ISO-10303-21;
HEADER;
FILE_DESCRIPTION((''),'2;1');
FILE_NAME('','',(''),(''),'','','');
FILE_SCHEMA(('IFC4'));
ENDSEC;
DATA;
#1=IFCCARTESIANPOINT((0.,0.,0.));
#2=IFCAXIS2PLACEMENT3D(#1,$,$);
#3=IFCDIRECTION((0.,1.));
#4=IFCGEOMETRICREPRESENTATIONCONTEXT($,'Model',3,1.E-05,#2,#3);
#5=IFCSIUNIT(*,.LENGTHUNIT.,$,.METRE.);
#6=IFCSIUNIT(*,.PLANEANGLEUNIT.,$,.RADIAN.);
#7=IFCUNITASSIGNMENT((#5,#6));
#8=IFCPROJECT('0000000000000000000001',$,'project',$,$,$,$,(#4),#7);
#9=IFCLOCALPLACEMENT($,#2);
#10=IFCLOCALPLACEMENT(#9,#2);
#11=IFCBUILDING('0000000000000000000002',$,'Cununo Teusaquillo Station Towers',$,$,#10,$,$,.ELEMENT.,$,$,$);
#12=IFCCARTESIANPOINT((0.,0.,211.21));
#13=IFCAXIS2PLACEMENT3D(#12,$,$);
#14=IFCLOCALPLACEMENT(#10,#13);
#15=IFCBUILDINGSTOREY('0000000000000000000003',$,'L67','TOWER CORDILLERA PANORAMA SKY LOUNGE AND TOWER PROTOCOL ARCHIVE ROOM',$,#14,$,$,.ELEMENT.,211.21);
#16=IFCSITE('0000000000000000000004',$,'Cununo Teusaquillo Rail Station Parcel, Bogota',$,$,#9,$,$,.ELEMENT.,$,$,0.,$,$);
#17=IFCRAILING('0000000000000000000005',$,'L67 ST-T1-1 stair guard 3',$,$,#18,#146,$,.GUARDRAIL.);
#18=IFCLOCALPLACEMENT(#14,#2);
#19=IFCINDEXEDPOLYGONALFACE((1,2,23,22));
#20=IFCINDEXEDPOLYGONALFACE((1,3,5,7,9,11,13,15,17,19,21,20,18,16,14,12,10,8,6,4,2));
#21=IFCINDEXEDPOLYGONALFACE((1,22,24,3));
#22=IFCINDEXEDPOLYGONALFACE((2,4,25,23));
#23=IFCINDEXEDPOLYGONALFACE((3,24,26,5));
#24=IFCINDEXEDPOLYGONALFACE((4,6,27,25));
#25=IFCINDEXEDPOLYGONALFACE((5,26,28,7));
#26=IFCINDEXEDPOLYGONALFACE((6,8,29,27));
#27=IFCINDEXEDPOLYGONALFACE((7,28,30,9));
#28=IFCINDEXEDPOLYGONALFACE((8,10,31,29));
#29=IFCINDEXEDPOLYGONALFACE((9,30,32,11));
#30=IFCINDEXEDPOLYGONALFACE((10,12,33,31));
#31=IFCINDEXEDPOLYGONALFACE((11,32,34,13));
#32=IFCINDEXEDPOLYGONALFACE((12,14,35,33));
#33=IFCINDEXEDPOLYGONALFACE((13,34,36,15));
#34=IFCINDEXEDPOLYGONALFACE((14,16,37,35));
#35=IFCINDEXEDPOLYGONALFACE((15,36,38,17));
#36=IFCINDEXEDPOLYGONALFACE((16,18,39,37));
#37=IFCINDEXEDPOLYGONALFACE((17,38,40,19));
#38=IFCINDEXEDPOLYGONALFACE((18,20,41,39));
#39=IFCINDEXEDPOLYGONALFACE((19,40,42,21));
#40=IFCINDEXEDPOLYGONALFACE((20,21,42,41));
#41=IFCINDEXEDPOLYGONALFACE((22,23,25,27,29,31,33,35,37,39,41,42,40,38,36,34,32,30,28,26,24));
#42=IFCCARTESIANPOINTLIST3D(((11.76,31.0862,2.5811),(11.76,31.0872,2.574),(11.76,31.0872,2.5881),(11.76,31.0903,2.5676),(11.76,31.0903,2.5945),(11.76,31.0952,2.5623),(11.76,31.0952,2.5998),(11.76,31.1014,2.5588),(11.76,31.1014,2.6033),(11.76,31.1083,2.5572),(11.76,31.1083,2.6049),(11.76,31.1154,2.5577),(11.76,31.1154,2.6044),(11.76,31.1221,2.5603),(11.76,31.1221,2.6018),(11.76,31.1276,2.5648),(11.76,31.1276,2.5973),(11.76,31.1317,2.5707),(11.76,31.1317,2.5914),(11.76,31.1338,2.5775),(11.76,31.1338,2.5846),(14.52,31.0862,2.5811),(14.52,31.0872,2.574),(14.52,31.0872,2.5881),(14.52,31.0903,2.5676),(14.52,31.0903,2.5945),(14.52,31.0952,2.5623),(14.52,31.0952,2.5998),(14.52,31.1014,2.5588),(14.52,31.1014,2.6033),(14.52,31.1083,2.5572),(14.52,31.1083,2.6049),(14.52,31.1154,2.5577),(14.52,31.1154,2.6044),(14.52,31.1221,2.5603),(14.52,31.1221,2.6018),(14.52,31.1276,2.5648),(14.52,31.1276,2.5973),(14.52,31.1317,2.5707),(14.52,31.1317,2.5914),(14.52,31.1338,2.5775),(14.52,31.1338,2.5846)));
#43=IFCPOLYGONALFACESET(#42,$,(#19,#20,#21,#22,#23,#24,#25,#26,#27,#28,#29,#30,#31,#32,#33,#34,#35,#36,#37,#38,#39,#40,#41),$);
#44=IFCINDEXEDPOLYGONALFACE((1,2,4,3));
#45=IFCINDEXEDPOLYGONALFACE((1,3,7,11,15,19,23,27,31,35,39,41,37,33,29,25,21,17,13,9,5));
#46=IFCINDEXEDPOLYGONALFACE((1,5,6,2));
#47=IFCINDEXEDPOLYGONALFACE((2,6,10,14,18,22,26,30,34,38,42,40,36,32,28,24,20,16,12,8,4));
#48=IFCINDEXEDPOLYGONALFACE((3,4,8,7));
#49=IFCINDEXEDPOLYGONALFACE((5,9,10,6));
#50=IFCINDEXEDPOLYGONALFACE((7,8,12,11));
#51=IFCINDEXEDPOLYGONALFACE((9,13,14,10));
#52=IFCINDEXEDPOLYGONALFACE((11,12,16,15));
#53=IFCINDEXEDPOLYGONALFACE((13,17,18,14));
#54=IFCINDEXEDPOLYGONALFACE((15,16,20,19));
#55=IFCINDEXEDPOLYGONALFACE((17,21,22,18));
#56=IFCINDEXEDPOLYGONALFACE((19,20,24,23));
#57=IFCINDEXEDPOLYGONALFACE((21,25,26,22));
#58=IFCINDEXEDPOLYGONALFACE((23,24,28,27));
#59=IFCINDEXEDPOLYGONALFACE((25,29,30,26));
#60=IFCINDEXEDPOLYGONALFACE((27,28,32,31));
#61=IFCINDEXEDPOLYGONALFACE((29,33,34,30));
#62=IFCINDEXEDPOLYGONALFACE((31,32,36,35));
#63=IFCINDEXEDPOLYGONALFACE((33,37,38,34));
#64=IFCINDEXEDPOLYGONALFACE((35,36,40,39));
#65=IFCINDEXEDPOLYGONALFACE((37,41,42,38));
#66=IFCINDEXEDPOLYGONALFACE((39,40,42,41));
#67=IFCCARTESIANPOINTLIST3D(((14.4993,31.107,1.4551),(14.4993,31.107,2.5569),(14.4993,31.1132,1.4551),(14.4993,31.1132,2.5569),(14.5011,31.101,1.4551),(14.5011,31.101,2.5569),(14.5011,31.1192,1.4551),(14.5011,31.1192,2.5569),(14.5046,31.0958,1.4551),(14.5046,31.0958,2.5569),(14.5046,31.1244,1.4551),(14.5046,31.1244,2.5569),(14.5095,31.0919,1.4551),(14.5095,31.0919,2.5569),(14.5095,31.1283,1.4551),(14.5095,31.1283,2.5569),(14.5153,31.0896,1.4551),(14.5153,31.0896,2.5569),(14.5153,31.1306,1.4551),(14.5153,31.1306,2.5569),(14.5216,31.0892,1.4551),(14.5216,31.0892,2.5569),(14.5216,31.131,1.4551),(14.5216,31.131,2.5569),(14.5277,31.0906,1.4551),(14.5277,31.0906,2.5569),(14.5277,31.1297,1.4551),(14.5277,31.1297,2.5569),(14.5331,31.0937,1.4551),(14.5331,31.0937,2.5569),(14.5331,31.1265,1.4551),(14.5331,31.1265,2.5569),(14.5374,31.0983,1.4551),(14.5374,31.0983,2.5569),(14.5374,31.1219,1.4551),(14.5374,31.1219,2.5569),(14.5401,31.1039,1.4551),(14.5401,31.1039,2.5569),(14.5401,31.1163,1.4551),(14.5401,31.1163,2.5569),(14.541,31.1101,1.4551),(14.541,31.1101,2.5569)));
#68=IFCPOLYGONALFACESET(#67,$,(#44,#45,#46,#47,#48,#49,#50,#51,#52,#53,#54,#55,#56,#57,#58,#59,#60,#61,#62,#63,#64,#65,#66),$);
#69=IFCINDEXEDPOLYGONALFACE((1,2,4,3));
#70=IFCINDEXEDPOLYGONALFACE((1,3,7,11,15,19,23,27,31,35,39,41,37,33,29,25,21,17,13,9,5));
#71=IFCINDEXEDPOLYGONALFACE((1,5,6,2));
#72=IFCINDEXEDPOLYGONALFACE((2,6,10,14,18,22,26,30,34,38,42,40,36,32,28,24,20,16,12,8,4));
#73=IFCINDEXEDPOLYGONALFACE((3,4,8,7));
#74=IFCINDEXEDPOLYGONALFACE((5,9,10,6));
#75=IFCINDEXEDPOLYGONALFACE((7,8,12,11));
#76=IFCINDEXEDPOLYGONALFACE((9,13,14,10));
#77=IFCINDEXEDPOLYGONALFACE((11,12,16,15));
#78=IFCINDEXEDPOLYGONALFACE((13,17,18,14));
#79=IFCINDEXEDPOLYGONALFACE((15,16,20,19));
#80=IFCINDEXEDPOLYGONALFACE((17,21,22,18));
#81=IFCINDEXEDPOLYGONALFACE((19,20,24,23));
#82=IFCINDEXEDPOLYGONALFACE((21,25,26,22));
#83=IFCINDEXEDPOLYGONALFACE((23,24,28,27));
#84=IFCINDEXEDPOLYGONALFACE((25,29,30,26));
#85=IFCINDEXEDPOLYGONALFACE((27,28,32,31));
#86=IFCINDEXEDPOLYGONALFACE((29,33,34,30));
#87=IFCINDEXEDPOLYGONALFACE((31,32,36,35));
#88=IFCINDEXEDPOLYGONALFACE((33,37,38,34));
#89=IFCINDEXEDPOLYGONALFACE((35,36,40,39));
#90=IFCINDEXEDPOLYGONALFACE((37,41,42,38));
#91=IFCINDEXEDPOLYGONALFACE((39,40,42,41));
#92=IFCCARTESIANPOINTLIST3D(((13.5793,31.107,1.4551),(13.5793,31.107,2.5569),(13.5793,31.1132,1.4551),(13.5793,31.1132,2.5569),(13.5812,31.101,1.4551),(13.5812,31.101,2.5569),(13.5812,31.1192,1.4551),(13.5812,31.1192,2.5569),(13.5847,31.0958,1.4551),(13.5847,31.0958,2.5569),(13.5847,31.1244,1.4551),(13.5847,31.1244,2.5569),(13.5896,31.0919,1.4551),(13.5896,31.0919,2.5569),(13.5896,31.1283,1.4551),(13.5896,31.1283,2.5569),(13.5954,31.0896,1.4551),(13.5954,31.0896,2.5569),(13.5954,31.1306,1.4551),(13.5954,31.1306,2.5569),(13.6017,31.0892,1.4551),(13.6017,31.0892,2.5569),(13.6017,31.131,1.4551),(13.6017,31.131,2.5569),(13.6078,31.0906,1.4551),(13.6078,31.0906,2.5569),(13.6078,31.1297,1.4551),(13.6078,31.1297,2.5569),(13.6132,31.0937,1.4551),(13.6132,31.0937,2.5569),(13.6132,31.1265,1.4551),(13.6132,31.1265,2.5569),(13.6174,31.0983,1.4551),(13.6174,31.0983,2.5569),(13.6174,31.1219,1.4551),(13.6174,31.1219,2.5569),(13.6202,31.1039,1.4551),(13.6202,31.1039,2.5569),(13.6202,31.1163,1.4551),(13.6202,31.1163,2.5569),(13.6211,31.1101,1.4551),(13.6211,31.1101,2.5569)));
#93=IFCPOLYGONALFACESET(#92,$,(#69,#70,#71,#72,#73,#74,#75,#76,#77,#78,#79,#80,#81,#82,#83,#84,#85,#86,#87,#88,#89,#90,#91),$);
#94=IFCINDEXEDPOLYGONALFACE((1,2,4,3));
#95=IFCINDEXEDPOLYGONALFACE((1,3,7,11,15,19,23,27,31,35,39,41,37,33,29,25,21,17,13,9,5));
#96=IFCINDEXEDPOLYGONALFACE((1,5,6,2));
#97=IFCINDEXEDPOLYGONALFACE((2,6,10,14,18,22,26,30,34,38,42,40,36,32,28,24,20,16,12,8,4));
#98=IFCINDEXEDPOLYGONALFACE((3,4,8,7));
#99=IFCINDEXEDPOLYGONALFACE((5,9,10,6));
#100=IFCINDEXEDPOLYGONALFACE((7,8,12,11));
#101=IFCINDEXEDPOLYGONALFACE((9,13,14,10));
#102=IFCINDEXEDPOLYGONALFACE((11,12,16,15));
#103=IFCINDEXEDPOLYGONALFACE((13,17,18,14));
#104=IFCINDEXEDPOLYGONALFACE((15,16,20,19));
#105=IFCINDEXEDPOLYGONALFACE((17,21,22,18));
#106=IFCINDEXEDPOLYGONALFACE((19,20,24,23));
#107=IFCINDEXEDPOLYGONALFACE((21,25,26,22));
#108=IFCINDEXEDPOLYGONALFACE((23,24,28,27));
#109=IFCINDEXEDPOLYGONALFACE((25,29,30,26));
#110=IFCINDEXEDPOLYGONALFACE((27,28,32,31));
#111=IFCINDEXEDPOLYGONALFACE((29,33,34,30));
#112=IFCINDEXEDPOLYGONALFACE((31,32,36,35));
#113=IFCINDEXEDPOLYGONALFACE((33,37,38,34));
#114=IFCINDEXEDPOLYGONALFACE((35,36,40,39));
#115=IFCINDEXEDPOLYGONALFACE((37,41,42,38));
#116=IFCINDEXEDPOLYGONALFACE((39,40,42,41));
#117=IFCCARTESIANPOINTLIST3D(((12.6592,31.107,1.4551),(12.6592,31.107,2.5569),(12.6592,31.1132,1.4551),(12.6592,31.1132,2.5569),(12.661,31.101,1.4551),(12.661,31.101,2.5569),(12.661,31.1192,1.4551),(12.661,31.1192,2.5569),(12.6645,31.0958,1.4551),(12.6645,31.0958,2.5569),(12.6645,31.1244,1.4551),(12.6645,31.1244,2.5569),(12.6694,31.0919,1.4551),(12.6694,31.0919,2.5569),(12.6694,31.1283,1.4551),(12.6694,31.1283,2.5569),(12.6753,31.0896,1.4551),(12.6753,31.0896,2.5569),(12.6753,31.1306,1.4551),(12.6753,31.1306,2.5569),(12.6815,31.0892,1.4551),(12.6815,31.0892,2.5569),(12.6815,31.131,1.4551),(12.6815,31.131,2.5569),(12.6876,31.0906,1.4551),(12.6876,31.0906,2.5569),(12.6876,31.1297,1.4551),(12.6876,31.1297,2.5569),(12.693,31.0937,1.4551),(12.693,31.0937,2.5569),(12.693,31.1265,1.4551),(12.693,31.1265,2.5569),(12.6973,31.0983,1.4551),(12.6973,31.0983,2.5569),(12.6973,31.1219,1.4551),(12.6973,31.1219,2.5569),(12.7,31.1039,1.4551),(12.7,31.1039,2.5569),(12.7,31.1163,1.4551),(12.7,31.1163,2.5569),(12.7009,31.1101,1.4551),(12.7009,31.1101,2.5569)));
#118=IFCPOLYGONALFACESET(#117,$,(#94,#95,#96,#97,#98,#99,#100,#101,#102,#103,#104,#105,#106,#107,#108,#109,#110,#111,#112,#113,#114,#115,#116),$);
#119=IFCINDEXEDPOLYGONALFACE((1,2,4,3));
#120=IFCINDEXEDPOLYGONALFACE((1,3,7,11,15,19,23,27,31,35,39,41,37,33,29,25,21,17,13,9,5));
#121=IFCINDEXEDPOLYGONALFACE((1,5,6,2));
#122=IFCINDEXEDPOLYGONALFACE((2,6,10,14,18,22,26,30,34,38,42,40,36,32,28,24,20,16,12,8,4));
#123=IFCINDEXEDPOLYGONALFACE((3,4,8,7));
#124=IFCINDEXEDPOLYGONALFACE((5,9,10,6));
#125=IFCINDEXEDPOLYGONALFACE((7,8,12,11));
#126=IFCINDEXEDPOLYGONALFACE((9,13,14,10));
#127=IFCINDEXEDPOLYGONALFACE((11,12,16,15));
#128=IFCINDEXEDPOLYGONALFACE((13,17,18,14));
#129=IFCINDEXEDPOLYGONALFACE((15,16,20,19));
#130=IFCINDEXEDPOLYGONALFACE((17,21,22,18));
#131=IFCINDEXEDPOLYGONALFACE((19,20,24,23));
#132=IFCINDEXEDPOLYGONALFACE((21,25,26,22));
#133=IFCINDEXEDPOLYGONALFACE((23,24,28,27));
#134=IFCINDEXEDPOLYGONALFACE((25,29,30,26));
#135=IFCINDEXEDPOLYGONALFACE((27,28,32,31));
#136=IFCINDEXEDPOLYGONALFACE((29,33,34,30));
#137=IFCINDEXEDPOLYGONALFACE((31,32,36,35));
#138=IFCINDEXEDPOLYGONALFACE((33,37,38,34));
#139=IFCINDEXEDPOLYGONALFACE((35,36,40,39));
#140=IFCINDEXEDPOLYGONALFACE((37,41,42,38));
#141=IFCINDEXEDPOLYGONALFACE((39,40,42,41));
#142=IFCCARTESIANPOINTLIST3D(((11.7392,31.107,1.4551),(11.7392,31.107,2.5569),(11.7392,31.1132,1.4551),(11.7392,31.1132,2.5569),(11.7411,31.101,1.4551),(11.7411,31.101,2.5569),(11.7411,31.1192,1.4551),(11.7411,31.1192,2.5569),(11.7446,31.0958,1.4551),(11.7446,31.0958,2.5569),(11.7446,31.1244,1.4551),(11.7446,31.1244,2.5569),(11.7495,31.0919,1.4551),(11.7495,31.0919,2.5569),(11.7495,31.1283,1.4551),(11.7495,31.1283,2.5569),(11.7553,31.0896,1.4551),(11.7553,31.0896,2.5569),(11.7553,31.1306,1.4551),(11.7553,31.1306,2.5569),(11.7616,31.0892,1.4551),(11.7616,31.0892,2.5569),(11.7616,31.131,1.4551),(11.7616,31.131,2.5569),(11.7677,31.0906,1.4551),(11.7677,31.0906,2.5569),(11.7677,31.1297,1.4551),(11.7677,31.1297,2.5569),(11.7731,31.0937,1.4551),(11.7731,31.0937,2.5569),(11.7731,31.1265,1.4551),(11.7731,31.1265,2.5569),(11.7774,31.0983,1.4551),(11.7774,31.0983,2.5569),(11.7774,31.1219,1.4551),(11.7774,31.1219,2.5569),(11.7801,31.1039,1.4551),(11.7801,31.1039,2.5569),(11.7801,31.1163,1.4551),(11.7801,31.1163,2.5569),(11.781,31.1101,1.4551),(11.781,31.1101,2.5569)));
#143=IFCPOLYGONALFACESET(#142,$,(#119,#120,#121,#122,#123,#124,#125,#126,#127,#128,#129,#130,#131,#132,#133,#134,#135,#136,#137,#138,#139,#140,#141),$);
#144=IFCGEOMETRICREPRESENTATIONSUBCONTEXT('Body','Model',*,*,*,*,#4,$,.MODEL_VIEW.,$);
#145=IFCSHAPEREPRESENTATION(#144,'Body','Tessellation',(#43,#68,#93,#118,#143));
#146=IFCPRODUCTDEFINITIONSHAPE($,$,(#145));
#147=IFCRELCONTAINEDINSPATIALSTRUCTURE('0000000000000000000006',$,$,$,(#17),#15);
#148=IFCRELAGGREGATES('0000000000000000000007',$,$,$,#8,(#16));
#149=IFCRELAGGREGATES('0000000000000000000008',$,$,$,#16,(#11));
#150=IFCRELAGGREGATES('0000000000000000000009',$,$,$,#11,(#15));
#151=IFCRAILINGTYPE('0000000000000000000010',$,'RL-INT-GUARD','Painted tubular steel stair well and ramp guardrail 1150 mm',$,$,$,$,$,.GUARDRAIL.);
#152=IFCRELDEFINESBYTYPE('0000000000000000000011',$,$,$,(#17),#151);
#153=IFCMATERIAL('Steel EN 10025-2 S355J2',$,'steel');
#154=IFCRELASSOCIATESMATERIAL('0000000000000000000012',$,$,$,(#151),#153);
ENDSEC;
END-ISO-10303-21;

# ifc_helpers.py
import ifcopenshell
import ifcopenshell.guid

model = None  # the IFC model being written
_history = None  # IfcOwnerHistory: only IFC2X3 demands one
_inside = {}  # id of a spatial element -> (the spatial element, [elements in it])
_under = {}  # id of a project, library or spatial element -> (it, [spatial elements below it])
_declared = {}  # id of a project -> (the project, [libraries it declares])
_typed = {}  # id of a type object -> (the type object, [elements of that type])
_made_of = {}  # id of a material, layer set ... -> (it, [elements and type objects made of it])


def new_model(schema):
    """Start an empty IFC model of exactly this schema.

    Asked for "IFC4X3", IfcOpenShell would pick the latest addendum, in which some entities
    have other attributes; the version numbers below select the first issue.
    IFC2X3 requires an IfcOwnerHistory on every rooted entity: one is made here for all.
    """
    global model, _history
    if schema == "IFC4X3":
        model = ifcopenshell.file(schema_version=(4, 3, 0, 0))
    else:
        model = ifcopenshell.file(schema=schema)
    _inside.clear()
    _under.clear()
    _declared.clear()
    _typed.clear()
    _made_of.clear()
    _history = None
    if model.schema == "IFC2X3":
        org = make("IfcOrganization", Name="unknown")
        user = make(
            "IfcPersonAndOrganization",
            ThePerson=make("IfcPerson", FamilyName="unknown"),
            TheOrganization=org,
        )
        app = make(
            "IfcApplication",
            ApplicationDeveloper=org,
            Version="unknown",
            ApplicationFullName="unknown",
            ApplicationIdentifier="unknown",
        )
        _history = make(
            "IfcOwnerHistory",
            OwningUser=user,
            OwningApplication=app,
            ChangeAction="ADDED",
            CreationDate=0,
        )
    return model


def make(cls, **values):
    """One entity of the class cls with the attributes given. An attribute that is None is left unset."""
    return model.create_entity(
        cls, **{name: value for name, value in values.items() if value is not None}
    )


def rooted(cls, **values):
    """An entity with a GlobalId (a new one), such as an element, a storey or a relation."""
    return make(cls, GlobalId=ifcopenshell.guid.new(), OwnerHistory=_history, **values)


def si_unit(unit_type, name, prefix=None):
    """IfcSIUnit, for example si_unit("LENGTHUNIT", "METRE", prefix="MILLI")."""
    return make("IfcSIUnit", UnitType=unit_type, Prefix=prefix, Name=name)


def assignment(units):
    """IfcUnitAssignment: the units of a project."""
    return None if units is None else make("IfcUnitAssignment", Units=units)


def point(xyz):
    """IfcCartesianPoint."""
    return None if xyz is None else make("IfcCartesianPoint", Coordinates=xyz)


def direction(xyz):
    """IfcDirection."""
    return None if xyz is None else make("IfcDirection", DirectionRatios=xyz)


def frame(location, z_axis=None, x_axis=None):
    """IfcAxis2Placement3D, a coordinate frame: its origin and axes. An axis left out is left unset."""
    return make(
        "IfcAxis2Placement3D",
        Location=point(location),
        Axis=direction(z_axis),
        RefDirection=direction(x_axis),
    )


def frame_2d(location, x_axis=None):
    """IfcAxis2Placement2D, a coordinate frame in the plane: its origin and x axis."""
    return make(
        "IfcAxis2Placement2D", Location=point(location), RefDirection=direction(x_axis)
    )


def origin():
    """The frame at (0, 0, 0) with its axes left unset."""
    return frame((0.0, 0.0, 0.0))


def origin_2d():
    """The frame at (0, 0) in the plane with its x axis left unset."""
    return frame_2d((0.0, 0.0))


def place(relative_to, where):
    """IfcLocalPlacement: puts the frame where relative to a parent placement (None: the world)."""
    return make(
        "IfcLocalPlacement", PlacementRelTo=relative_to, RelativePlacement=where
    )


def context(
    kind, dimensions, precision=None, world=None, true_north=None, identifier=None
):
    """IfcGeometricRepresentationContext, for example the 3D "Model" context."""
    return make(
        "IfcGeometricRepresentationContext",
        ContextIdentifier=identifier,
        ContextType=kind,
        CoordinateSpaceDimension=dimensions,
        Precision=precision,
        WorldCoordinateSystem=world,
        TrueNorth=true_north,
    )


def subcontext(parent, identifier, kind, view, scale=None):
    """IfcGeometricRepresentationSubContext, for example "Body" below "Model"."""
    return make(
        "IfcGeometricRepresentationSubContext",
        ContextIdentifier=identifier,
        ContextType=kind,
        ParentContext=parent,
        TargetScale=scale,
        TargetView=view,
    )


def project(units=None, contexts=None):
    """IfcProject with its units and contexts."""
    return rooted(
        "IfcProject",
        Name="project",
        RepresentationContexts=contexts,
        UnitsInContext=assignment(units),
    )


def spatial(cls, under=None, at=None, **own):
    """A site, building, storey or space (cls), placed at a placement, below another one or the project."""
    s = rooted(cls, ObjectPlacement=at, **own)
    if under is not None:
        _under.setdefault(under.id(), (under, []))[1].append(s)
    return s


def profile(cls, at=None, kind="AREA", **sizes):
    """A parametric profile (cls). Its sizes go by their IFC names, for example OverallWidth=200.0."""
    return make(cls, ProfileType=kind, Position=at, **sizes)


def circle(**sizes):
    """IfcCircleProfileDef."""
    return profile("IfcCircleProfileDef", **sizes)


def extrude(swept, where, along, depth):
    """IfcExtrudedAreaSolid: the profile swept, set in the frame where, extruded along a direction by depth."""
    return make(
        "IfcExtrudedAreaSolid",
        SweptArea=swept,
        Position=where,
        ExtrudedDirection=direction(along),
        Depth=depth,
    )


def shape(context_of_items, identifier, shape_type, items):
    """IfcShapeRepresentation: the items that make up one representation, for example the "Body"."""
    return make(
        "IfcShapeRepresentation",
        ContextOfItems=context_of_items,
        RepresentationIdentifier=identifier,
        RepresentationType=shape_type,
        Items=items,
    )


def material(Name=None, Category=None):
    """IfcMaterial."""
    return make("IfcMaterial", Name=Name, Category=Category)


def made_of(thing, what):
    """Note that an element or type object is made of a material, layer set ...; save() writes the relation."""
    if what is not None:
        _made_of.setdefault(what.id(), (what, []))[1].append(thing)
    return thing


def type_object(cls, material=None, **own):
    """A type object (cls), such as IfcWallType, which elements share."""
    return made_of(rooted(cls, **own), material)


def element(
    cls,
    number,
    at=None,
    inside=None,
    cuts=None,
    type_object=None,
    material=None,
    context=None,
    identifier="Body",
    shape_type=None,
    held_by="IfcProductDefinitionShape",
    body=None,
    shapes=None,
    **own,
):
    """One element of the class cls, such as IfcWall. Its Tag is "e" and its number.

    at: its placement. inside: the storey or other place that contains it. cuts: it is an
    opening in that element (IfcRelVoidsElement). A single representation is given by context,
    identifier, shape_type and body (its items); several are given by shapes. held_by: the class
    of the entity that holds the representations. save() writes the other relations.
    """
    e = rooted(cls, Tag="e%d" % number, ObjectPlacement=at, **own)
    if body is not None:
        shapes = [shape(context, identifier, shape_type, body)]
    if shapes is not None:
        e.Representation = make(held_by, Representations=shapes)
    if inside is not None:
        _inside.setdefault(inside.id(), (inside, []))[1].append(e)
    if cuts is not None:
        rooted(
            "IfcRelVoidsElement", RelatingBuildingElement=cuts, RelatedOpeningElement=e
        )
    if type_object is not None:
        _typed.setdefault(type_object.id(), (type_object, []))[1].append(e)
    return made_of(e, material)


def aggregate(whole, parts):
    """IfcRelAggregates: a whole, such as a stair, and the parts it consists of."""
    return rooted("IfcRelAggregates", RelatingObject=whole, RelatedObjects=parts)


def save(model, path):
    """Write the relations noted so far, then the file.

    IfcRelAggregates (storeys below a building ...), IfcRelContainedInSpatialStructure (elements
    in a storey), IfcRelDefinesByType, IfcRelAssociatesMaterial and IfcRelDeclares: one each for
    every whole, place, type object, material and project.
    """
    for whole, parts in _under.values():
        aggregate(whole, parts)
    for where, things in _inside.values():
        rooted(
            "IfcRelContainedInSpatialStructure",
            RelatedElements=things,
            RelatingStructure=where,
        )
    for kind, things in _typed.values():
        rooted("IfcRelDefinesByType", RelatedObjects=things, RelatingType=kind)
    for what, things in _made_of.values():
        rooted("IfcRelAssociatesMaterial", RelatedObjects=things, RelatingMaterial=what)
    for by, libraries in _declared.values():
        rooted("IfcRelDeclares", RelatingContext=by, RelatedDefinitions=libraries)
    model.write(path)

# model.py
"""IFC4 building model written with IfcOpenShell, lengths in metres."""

from ifc_helpers import new_model, si_unit, direction, frame, origin, origin_2d, place, context, subcontext, project, spatial, circle, extrude, material, type_object, element, save


model = new_model("IFC4")

# Units and contexts
model_context = context("Model", 3, precision=1e-05, world=origin(), true_north=direction((0.0, 1.0)))
body_context = subcontext(model_context, "Body", "Model", "MODEL_VIEW")
ifc_project = project(units=[si_unit("LENGTHUNIT", "METRE"), si_unit("PLANEANGLEUNIT", "RADIAN")], contexts=[model_context])

# Site, building, storey
site_placement = place(None, origin())
site = spatial("IfcSite", under=ifc_project, at=site_placement, Name="Cununo Teusaquillo Rail Station Parcel, Bogota", CompositionType="ELEMENT", RefElevation=0.0)
building_placement = place(site_placement, origin())
building = spatial("IfcBuilding", under=site, at=building_placement, Name="Cununo Teusaquillo Station Towers", CompositionType="ELEMENT")
storey_placement = place(building_placement, frame((0.0, 0.0, 211.21)))
storey = spatial("IfcBuildingStorey", under=building, at=storey_placement, Name="L67", Description="TOWER CORDILLERA PANORAMA SKY LOUNGE AND TOWER PROTOCOL ARCHIVE ROOM", CompositionType="ELEMENT", Elevation=211.21)

# Railing
ifc_material_1 = material(Name="Steel EN 10025-2 S355J2", Category="steel")
railing_type_1 = type_object("IfcRailingType", Name="RL-INT-GUARD", Description="Painted tubular steel stair well and ramp guardrail 1150 mm", PredefinedType="GUARDRAIL", material=ifc_material_1)
railing_1_placement = place(storey_placement, frame((14.52, 31.1101, 1.4551)))
element("IfcRailing", 1, at=railing_1_placement, inside=storey, type_object=railing_type_1, Name="L67 ST-T1-1 stair guard 3", PredefinedType="GUARDRAIL", context=body_context, shape_type="SweptSolid", body=[
    extrude(circle(Radius=0.0239, at=origin_2d()), frame((0.0, 0.0, 1.126), z_axis=(-1.0, 0.0, 0.0), x_axis=(0.0, -1.0, 0.0)), (0.0, 0.0, 1.0), 2.76),
    extrude(circle(Radius=0.021, at=origin_2d()), origin(), (0.0, 0.0, 1.0), 1.1018),
    extrude(circle(Radius=0.021, at=origin_2d()), frame((-0.9199, 0.0, 0.0)), (0.0, 0.0, 1.0), 1.1018),
    extrude(circle(Radius=0.021, at=origin_2d()), frame((-1.8401, 0.0, 0.0)), (0.0, 0.0, 1.0), 1.1018),
    extrude(circle(Radius=0.021, at=origin_2d()), frame((-2.76, 0.0, 0.0)), (0.0, 0.0, 1.0), 1.1018),
])

save(model, "model.ifc")
